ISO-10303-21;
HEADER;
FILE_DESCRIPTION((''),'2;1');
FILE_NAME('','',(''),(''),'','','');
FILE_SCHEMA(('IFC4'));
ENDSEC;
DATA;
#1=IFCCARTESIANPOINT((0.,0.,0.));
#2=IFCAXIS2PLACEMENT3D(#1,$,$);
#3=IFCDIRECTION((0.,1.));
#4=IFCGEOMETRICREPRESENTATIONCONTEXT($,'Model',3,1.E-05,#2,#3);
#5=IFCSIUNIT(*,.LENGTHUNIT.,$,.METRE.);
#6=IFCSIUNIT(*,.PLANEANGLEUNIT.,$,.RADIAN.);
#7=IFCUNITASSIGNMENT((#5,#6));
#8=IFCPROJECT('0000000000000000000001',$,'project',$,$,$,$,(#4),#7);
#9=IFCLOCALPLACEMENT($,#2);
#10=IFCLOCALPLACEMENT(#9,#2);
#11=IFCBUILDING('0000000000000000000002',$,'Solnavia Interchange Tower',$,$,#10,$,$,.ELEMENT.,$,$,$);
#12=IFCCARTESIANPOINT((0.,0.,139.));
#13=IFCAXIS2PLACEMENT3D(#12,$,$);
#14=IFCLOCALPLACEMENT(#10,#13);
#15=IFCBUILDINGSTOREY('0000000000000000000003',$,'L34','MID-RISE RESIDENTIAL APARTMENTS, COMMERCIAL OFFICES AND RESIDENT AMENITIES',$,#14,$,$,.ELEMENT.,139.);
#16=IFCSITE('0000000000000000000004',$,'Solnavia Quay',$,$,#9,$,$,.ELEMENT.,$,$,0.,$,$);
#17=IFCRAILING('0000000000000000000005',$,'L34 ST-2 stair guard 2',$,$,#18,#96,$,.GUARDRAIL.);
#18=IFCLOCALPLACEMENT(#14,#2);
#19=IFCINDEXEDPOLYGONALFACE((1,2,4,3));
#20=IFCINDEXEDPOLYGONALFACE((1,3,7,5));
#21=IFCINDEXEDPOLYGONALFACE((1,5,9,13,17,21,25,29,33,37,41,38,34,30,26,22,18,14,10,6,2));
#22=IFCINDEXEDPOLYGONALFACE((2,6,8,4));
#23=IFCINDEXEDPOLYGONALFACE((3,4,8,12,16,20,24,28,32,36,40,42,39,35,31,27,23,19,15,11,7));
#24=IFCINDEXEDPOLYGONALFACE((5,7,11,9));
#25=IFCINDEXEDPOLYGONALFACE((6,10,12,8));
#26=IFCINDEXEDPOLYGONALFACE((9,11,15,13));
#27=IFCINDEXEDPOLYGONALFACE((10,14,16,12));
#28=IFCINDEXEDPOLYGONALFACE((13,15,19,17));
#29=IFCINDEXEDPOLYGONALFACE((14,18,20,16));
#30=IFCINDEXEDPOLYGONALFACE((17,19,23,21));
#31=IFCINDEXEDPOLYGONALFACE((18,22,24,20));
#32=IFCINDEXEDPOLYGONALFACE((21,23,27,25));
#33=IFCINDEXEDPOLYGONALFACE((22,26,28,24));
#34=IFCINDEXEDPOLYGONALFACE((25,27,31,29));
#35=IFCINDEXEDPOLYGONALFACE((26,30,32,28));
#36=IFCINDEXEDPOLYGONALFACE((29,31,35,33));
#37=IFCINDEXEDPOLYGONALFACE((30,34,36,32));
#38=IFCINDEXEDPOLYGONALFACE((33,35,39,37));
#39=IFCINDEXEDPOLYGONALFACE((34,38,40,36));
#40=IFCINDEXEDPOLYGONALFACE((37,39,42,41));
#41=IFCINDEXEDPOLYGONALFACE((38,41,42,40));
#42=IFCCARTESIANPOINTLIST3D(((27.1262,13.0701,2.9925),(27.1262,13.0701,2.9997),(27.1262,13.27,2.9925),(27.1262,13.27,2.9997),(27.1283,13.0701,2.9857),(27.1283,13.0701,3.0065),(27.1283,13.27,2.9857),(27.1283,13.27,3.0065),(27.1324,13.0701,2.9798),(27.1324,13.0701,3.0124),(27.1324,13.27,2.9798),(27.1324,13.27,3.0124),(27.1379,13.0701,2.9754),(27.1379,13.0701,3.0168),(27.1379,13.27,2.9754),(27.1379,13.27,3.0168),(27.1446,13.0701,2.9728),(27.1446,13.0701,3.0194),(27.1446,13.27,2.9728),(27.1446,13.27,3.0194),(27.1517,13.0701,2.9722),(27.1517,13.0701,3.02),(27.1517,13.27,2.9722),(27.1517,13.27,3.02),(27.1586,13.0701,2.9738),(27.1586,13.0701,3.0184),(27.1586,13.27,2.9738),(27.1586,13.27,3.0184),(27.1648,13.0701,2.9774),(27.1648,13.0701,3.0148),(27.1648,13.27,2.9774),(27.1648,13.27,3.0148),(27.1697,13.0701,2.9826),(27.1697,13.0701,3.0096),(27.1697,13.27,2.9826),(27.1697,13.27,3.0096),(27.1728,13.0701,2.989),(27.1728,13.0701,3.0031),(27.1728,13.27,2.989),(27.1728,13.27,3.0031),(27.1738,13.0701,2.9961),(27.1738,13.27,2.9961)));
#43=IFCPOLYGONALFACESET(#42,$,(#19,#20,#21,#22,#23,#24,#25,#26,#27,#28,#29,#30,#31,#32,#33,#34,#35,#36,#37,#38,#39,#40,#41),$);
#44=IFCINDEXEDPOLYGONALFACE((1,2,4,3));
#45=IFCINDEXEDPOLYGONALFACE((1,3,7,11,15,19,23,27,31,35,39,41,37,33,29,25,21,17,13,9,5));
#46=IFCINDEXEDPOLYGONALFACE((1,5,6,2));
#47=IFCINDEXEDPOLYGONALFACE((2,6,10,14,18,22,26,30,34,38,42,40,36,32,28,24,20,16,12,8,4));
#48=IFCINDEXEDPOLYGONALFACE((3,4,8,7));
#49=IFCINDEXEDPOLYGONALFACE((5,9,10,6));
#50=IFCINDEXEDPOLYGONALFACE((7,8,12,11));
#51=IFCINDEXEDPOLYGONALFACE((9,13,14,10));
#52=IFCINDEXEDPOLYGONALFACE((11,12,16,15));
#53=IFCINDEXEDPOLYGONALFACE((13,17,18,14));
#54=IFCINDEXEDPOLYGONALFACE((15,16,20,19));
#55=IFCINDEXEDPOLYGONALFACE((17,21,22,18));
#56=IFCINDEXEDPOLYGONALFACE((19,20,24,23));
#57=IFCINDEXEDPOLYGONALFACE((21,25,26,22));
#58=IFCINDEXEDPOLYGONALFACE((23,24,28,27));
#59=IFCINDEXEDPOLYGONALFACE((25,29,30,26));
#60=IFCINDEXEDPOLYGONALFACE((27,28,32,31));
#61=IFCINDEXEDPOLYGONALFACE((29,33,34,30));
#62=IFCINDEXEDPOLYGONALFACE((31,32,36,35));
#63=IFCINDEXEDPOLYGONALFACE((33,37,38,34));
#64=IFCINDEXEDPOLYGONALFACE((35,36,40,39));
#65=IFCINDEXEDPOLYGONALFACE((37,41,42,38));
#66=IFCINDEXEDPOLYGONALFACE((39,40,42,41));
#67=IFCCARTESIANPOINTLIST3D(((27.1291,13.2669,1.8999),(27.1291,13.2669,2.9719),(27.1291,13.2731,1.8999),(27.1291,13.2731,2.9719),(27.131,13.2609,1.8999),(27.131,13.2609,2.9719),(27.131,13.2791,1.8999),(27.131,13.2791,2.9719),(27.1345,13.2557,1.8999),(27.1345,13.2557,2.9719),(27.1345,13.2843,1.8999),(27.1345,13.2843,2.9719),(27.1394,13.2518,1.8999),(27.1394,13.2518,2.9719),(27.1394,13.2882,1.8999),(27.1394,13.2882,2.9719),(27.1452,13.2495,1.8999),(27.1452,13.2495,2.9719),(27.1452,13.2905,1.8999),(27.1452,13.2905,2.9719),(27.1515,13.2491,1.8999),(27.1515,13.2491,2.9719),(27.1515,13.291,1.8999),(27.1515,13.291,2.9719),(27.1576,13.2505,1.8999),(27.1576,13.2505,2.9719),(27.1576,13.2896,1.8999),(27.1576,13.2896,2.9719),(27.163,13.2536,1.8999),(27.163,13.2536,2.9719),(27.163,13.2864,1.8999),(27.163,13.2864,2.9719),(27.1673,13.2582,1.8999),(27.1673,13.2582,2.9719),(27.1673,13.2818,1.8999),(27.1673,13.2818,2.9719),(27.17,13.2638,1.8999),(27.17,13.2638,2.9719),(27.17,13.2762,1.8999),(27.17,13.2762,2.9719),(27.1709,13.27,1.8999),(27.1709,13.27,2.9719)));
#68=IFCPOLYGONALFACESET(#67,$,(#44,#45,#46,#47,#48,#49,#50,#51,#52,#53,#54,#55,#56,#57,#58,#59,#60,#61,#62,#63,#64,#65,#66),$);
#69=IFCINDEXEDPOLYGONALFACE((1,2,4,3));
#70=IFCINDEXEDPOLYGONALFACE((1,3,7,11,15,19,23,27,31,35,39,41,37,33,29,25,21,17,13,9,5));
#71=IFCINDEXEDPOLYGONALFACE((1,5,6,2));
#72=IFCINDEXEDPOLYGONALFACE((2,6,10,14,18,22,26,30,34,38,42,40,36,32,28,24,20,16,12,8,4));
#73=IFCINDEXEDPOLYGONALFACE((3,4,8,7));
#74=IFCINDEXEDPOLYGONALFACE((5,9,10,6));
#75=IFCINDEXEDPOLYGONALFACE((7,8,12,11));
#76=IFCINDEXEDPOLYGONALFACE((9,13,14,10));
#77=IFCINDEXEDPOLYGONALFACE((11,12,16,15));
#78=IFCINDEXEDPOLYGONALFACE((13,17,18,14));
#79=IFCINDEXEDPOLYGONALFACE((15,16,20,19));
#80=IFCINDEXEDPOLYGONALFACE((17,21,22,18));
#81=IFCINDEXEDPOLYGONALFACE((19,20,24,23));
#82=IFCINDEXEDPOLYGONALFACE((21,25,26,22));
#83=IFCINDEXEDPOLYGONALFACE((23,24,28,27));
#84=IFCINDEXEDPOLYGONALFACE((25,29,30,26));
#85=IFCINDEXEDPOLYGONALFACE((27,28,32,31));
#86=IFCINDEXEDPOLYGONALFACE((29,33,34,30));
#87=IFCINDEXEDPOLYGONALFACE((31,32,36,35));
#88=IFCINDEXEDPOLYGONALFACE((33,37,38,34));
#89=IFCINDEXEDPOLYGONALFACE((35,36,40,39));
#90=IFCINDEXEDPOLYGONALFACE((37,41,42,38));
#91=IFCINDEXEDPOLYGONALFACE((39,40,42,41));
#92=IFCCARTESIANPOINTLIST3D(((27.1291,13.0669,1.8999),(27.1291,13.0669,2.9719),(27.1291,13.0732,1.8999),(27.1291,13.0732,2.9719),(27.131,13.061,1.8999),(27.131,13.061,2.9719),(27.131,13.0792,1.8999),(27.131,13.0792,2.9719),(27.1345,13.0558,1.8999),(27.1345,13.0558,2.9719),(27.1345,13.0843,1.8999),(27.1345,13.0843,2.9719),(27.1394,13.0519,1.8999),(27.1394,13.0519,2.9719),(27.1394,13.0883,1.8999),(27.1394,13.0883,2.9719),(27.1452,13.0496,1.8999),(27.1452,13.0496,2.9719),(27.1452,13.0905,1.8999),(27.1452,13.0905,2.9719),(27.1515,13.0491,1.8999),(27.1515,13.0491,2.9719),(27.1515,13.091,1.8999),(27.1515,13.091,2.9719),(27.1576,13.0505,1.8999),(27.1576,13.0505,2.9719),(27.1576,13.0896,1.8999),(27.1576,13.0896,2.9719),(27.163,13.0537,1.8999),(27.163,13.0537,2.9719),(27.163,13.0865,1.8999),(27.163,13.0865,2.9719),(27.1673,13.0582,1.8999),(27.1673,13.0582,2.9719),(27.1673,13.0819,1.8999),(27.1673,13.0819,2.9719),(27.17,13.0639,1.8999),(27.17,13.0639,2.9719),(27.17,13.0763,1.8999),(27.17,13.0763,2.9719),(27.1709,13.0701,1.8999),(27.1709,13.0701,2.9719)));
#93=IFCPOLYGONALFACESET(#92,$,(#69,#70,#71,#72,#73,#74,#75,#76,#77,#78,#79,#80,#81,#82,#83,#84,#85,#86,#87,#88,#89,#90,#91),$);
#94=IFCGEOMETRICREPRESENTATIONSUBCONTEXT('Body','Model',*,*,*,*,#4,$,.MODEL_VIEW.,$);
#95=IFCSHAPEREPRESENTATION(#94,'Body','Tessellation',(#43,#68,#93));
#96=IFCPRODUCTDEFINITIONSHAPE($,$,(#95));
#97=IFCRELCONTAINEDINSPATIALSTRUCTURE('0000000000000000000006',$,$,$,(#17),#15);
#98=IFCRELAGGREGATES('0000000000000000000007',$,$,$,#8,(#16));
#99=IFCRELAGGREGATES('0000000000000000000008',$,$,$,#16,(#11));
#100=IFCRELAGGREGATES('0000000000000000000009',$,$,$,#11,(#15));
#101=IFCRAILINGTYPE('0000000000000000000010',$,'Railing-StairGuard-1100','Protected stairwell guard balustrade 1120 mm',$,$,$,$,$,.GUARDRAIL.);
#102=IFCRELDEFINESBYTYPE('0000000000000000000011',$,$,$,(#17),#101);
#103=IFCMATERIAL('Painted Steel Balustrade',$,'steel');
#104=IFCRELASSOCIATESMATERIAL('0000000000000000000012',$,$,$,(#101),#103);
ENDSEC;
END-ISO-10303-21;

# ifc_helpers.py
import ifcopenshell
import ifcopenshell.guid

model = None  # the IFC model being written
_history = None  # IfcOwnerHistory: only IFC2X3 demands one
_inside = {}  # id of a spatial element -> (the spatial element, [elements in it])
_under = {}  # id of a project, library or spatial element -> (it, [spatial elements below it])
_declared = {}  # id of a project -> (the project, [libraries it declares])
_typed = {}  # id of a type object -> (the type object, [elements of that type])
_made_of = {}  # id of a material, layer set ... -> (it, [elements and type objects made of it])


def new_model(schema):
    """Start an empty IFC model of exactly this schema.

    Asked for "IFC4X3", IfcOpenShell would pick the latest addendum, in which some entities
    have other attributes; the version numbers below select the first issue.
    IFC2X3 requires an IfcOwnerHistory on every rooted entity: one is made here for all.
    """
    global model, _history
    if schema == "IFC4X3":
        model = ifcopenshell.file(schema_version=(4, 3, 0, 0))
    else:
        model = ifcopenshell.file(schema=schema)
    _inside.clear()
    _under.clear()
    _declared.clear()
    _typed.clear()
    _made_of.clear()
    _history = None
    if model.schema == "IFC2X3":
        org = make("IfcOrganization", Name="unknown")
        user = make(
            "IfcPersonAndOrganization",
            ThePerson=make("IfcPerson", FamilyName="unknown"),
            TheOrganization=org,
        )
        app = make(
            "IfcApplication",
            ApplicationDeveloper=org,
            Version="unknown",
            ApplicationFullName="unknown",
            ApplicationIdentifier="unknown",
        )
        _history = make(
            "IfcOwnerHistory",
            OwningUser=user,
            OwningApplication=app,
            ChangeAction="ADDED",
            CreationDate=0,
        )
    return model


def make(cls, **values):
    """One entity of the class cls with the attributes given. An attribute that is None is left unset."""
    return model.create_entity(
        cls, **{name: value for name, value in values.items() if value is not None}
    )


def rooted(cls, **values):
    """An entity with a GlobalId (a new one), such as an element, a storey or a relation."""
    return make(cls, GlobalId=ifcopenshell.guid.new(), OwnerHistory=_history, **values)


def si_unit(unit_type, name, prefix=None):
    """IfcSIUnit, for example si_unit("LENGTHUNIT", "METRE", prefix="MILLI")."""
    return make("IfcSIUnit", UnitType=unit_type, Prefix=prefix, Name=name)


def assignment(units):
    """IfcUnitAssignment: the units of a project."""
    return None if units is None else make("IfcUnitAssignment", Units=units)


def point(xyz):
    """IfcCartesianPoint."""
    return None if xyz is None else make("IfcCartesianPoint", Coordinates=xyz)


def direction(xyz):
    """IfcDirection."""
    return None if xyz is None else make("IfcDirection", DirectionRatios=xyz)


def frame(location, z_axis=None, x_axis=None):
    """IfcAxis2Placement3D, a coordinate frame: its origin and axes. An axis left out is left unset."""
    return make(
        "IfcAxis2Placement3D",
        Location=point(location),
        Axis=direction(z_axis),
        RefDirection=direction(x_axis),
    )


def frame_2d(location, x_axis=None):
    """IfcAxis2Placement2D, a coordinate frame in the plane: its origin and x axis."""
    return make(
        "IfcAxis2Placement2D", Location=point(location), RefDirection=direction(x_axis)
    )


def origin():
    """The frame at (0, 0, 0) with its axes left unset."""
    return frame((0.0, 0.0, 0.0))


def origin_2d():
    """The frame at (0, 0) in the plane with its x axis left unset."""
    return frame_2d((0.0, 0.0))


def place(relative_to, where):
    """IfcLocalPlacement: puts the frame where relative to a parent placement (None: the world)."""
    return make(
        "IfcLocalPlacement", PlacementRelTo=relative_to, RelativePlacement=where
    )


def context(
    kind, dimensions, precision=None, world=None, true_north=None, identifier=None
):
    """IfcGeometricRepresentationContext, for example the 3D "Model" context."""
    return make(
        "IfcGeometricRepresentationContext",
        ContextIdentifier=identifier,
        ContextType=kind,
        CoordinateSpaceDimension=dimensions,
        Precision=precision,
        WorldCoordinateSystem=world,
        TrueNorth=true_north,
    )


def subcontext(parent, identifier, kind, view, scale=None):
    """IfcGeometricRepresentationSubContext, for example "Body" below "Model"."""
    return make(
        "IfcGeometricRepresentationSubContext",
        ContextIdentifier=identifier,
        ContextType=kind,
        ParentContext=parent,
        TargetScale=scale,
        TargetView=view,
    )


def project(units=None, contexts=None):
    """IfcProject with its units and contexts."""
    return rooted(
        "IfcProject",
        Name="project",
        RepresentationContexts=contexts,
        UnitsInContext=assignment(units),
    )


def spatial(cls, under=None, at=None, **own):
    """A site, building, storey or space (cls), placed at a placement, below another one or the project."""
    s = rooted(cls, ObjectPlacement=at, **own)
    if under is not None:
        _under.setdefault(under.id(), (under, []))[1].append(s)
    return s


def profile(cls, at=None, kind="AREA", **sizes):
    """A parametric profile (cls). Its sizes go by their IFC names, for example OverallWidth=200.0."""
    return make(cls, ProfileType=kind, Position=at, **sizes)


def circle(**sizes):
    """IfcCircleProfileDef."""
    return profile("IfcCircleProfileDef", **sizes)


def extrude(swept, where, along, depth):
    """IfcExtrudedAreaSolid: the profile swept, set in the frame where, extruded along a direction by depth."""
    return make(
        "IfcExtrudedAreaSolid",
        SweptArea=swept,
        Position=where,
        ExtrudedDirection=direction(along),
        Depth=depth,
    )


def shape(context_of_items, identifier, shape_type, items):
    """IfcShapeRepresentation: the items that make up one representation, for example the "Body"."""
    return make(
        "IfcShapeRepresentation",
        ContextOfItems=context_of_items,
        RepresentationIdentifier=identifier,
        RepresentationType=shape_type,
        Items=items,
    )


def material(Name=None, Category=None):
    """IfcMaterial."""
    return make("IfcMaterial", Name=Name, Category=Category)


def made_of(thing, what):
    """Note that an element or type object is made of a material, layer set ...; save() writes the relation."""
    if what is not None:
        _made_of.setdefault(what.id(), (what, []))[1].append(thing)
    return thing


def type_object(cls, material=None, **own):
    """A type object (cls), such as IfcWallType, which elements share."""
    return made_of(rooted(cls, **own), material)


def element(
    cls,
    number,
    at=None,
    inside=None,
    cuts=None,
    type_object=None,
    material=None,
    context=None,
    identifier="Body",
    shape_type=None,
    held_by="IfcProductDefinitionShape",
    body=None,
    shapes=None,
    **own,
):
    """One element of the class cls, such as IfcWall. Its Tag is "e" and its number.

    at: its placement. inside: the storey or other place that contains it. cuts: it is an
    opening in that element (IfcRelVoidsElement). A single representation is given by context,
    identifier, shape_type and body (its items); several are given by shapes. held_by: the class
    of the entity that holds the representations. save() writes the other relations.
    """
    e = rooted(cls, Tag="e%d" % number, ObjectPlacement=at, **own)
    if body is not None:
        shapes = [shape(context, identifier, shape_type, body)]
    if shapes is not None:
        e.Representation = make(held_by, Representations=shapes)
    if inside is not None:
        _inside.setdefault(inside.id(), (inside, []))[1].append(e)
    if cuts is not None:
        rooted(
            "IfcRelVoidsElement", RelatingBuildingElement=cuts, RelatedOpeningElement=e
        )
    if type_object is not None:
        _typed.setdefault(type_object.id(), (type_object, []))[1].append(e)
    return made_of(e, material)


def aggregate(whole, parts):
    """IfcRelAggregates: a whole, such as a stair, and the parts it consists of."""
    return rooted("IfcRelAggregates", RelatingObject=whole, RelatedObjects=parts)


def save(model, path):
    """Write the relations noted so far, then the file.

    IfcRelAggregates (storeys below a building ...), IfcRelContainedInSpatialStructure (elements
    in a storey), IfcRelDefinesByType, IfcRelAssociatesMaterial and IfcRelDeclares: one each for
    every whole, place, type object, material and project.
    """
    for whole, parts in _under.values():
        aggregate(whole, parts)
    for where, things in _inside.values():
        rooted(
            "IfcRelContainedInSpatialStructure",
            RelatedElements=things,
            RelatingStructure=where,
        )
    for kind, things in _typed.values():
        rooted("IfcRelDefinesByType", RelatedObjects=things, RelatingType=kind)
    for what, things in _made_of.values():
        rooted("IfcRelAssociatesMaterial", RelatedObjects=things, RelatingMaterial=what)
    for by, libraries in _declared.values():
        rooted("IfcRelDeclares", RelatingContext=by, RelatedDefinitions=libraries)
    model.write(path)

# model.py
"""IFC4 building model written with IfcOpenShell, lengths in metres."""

from ifc_helpers import new_model, si_unit, direction, frame, origin, origin_2d, place, context, subcontext, project, spatial, circle, extrude, material, type_object, element, save


model = new_model("IFC4")

# Units and contexts
model_context = context("Model", 3, precision=1e-05, world=origin(), true_north=direction((0.0, 1.0)))
body_context = subcontext(model_context, "Body", "Model", "MODEL_VIEW")
ifc_project = project(units=[si_unit("LENGTHUNIT", "METRE"), si_unit("PLANEANGLEUNIT", "RADIAN")], contexts=[model_context])

# Site, building, storey
site_placement = place(None, origin())
site = spatial("IfcSite", under=ifc_project, at=site_placement, Name="Solnavia Quay", CompositionType="ELEMENT", RefElevation=0.0)
building_placement = place(site_placement, origin())
building = spatial("IfcBuilding", under=site, at=building_placement, Name="Solnavia Interchange Tower", CompositionType="ELEMENT")
storey_placement = place(building_placement, frame((0.0, 0.0, 139.0)))
storey = spatial("IfcBuildingStorey", under=building, at=storey_placement, Name="L34", Description="MID-RISE RESIDENTIAL APARTMENTS, COMMERCIAL OFFICES AND RESIDENT AMENITIES", CompositionType="ELEMENT", Elevation=139.0)

# Railing
ifc_material_1 = material(Name="Painted Steel Balustrade", Category="steel")
railing_type_1 = type_object("IfcRailingType", Name="Railing-StairGuard-1100", Description="Protected stairwell guard balustrade 1120 mm", PredefinedType="GUARDRAIL", material=ifc_material_1)
railing_1_placement = place(storey_placement, frame((27.1499, 13.27, 1.8999)))
element("IfcRailing", 1, at=railing_1_placement, inside=storey, type_object=railing_type_1, Name="L34 ST-2 stair guard 2", PredefinedType="GUARDRAIL", context=body_context, shape_type="SweptSolid", body=[
    extrude(circle(Radius=0.0239, at=origin_2d()), frame((0.0, 0.0, 1.0962), z_axis=(0.0, -1.0, 0.0), x_axis=(1.0, 0.0, 0.0)), (0.0, 0.0, 1.0), 0.2),
    extrude(circle(Radius=0.021, at=origin_2d()), origin(), (0.0, 0.0, 1.0), 1.072),
    extrude(circle(Radius=0.021, at=origin_2d()), frame((0.0, -0.2, 0.0)), (0.0, 0.0, 1.0), 1.072),
])

save(model, "model.ifc")
